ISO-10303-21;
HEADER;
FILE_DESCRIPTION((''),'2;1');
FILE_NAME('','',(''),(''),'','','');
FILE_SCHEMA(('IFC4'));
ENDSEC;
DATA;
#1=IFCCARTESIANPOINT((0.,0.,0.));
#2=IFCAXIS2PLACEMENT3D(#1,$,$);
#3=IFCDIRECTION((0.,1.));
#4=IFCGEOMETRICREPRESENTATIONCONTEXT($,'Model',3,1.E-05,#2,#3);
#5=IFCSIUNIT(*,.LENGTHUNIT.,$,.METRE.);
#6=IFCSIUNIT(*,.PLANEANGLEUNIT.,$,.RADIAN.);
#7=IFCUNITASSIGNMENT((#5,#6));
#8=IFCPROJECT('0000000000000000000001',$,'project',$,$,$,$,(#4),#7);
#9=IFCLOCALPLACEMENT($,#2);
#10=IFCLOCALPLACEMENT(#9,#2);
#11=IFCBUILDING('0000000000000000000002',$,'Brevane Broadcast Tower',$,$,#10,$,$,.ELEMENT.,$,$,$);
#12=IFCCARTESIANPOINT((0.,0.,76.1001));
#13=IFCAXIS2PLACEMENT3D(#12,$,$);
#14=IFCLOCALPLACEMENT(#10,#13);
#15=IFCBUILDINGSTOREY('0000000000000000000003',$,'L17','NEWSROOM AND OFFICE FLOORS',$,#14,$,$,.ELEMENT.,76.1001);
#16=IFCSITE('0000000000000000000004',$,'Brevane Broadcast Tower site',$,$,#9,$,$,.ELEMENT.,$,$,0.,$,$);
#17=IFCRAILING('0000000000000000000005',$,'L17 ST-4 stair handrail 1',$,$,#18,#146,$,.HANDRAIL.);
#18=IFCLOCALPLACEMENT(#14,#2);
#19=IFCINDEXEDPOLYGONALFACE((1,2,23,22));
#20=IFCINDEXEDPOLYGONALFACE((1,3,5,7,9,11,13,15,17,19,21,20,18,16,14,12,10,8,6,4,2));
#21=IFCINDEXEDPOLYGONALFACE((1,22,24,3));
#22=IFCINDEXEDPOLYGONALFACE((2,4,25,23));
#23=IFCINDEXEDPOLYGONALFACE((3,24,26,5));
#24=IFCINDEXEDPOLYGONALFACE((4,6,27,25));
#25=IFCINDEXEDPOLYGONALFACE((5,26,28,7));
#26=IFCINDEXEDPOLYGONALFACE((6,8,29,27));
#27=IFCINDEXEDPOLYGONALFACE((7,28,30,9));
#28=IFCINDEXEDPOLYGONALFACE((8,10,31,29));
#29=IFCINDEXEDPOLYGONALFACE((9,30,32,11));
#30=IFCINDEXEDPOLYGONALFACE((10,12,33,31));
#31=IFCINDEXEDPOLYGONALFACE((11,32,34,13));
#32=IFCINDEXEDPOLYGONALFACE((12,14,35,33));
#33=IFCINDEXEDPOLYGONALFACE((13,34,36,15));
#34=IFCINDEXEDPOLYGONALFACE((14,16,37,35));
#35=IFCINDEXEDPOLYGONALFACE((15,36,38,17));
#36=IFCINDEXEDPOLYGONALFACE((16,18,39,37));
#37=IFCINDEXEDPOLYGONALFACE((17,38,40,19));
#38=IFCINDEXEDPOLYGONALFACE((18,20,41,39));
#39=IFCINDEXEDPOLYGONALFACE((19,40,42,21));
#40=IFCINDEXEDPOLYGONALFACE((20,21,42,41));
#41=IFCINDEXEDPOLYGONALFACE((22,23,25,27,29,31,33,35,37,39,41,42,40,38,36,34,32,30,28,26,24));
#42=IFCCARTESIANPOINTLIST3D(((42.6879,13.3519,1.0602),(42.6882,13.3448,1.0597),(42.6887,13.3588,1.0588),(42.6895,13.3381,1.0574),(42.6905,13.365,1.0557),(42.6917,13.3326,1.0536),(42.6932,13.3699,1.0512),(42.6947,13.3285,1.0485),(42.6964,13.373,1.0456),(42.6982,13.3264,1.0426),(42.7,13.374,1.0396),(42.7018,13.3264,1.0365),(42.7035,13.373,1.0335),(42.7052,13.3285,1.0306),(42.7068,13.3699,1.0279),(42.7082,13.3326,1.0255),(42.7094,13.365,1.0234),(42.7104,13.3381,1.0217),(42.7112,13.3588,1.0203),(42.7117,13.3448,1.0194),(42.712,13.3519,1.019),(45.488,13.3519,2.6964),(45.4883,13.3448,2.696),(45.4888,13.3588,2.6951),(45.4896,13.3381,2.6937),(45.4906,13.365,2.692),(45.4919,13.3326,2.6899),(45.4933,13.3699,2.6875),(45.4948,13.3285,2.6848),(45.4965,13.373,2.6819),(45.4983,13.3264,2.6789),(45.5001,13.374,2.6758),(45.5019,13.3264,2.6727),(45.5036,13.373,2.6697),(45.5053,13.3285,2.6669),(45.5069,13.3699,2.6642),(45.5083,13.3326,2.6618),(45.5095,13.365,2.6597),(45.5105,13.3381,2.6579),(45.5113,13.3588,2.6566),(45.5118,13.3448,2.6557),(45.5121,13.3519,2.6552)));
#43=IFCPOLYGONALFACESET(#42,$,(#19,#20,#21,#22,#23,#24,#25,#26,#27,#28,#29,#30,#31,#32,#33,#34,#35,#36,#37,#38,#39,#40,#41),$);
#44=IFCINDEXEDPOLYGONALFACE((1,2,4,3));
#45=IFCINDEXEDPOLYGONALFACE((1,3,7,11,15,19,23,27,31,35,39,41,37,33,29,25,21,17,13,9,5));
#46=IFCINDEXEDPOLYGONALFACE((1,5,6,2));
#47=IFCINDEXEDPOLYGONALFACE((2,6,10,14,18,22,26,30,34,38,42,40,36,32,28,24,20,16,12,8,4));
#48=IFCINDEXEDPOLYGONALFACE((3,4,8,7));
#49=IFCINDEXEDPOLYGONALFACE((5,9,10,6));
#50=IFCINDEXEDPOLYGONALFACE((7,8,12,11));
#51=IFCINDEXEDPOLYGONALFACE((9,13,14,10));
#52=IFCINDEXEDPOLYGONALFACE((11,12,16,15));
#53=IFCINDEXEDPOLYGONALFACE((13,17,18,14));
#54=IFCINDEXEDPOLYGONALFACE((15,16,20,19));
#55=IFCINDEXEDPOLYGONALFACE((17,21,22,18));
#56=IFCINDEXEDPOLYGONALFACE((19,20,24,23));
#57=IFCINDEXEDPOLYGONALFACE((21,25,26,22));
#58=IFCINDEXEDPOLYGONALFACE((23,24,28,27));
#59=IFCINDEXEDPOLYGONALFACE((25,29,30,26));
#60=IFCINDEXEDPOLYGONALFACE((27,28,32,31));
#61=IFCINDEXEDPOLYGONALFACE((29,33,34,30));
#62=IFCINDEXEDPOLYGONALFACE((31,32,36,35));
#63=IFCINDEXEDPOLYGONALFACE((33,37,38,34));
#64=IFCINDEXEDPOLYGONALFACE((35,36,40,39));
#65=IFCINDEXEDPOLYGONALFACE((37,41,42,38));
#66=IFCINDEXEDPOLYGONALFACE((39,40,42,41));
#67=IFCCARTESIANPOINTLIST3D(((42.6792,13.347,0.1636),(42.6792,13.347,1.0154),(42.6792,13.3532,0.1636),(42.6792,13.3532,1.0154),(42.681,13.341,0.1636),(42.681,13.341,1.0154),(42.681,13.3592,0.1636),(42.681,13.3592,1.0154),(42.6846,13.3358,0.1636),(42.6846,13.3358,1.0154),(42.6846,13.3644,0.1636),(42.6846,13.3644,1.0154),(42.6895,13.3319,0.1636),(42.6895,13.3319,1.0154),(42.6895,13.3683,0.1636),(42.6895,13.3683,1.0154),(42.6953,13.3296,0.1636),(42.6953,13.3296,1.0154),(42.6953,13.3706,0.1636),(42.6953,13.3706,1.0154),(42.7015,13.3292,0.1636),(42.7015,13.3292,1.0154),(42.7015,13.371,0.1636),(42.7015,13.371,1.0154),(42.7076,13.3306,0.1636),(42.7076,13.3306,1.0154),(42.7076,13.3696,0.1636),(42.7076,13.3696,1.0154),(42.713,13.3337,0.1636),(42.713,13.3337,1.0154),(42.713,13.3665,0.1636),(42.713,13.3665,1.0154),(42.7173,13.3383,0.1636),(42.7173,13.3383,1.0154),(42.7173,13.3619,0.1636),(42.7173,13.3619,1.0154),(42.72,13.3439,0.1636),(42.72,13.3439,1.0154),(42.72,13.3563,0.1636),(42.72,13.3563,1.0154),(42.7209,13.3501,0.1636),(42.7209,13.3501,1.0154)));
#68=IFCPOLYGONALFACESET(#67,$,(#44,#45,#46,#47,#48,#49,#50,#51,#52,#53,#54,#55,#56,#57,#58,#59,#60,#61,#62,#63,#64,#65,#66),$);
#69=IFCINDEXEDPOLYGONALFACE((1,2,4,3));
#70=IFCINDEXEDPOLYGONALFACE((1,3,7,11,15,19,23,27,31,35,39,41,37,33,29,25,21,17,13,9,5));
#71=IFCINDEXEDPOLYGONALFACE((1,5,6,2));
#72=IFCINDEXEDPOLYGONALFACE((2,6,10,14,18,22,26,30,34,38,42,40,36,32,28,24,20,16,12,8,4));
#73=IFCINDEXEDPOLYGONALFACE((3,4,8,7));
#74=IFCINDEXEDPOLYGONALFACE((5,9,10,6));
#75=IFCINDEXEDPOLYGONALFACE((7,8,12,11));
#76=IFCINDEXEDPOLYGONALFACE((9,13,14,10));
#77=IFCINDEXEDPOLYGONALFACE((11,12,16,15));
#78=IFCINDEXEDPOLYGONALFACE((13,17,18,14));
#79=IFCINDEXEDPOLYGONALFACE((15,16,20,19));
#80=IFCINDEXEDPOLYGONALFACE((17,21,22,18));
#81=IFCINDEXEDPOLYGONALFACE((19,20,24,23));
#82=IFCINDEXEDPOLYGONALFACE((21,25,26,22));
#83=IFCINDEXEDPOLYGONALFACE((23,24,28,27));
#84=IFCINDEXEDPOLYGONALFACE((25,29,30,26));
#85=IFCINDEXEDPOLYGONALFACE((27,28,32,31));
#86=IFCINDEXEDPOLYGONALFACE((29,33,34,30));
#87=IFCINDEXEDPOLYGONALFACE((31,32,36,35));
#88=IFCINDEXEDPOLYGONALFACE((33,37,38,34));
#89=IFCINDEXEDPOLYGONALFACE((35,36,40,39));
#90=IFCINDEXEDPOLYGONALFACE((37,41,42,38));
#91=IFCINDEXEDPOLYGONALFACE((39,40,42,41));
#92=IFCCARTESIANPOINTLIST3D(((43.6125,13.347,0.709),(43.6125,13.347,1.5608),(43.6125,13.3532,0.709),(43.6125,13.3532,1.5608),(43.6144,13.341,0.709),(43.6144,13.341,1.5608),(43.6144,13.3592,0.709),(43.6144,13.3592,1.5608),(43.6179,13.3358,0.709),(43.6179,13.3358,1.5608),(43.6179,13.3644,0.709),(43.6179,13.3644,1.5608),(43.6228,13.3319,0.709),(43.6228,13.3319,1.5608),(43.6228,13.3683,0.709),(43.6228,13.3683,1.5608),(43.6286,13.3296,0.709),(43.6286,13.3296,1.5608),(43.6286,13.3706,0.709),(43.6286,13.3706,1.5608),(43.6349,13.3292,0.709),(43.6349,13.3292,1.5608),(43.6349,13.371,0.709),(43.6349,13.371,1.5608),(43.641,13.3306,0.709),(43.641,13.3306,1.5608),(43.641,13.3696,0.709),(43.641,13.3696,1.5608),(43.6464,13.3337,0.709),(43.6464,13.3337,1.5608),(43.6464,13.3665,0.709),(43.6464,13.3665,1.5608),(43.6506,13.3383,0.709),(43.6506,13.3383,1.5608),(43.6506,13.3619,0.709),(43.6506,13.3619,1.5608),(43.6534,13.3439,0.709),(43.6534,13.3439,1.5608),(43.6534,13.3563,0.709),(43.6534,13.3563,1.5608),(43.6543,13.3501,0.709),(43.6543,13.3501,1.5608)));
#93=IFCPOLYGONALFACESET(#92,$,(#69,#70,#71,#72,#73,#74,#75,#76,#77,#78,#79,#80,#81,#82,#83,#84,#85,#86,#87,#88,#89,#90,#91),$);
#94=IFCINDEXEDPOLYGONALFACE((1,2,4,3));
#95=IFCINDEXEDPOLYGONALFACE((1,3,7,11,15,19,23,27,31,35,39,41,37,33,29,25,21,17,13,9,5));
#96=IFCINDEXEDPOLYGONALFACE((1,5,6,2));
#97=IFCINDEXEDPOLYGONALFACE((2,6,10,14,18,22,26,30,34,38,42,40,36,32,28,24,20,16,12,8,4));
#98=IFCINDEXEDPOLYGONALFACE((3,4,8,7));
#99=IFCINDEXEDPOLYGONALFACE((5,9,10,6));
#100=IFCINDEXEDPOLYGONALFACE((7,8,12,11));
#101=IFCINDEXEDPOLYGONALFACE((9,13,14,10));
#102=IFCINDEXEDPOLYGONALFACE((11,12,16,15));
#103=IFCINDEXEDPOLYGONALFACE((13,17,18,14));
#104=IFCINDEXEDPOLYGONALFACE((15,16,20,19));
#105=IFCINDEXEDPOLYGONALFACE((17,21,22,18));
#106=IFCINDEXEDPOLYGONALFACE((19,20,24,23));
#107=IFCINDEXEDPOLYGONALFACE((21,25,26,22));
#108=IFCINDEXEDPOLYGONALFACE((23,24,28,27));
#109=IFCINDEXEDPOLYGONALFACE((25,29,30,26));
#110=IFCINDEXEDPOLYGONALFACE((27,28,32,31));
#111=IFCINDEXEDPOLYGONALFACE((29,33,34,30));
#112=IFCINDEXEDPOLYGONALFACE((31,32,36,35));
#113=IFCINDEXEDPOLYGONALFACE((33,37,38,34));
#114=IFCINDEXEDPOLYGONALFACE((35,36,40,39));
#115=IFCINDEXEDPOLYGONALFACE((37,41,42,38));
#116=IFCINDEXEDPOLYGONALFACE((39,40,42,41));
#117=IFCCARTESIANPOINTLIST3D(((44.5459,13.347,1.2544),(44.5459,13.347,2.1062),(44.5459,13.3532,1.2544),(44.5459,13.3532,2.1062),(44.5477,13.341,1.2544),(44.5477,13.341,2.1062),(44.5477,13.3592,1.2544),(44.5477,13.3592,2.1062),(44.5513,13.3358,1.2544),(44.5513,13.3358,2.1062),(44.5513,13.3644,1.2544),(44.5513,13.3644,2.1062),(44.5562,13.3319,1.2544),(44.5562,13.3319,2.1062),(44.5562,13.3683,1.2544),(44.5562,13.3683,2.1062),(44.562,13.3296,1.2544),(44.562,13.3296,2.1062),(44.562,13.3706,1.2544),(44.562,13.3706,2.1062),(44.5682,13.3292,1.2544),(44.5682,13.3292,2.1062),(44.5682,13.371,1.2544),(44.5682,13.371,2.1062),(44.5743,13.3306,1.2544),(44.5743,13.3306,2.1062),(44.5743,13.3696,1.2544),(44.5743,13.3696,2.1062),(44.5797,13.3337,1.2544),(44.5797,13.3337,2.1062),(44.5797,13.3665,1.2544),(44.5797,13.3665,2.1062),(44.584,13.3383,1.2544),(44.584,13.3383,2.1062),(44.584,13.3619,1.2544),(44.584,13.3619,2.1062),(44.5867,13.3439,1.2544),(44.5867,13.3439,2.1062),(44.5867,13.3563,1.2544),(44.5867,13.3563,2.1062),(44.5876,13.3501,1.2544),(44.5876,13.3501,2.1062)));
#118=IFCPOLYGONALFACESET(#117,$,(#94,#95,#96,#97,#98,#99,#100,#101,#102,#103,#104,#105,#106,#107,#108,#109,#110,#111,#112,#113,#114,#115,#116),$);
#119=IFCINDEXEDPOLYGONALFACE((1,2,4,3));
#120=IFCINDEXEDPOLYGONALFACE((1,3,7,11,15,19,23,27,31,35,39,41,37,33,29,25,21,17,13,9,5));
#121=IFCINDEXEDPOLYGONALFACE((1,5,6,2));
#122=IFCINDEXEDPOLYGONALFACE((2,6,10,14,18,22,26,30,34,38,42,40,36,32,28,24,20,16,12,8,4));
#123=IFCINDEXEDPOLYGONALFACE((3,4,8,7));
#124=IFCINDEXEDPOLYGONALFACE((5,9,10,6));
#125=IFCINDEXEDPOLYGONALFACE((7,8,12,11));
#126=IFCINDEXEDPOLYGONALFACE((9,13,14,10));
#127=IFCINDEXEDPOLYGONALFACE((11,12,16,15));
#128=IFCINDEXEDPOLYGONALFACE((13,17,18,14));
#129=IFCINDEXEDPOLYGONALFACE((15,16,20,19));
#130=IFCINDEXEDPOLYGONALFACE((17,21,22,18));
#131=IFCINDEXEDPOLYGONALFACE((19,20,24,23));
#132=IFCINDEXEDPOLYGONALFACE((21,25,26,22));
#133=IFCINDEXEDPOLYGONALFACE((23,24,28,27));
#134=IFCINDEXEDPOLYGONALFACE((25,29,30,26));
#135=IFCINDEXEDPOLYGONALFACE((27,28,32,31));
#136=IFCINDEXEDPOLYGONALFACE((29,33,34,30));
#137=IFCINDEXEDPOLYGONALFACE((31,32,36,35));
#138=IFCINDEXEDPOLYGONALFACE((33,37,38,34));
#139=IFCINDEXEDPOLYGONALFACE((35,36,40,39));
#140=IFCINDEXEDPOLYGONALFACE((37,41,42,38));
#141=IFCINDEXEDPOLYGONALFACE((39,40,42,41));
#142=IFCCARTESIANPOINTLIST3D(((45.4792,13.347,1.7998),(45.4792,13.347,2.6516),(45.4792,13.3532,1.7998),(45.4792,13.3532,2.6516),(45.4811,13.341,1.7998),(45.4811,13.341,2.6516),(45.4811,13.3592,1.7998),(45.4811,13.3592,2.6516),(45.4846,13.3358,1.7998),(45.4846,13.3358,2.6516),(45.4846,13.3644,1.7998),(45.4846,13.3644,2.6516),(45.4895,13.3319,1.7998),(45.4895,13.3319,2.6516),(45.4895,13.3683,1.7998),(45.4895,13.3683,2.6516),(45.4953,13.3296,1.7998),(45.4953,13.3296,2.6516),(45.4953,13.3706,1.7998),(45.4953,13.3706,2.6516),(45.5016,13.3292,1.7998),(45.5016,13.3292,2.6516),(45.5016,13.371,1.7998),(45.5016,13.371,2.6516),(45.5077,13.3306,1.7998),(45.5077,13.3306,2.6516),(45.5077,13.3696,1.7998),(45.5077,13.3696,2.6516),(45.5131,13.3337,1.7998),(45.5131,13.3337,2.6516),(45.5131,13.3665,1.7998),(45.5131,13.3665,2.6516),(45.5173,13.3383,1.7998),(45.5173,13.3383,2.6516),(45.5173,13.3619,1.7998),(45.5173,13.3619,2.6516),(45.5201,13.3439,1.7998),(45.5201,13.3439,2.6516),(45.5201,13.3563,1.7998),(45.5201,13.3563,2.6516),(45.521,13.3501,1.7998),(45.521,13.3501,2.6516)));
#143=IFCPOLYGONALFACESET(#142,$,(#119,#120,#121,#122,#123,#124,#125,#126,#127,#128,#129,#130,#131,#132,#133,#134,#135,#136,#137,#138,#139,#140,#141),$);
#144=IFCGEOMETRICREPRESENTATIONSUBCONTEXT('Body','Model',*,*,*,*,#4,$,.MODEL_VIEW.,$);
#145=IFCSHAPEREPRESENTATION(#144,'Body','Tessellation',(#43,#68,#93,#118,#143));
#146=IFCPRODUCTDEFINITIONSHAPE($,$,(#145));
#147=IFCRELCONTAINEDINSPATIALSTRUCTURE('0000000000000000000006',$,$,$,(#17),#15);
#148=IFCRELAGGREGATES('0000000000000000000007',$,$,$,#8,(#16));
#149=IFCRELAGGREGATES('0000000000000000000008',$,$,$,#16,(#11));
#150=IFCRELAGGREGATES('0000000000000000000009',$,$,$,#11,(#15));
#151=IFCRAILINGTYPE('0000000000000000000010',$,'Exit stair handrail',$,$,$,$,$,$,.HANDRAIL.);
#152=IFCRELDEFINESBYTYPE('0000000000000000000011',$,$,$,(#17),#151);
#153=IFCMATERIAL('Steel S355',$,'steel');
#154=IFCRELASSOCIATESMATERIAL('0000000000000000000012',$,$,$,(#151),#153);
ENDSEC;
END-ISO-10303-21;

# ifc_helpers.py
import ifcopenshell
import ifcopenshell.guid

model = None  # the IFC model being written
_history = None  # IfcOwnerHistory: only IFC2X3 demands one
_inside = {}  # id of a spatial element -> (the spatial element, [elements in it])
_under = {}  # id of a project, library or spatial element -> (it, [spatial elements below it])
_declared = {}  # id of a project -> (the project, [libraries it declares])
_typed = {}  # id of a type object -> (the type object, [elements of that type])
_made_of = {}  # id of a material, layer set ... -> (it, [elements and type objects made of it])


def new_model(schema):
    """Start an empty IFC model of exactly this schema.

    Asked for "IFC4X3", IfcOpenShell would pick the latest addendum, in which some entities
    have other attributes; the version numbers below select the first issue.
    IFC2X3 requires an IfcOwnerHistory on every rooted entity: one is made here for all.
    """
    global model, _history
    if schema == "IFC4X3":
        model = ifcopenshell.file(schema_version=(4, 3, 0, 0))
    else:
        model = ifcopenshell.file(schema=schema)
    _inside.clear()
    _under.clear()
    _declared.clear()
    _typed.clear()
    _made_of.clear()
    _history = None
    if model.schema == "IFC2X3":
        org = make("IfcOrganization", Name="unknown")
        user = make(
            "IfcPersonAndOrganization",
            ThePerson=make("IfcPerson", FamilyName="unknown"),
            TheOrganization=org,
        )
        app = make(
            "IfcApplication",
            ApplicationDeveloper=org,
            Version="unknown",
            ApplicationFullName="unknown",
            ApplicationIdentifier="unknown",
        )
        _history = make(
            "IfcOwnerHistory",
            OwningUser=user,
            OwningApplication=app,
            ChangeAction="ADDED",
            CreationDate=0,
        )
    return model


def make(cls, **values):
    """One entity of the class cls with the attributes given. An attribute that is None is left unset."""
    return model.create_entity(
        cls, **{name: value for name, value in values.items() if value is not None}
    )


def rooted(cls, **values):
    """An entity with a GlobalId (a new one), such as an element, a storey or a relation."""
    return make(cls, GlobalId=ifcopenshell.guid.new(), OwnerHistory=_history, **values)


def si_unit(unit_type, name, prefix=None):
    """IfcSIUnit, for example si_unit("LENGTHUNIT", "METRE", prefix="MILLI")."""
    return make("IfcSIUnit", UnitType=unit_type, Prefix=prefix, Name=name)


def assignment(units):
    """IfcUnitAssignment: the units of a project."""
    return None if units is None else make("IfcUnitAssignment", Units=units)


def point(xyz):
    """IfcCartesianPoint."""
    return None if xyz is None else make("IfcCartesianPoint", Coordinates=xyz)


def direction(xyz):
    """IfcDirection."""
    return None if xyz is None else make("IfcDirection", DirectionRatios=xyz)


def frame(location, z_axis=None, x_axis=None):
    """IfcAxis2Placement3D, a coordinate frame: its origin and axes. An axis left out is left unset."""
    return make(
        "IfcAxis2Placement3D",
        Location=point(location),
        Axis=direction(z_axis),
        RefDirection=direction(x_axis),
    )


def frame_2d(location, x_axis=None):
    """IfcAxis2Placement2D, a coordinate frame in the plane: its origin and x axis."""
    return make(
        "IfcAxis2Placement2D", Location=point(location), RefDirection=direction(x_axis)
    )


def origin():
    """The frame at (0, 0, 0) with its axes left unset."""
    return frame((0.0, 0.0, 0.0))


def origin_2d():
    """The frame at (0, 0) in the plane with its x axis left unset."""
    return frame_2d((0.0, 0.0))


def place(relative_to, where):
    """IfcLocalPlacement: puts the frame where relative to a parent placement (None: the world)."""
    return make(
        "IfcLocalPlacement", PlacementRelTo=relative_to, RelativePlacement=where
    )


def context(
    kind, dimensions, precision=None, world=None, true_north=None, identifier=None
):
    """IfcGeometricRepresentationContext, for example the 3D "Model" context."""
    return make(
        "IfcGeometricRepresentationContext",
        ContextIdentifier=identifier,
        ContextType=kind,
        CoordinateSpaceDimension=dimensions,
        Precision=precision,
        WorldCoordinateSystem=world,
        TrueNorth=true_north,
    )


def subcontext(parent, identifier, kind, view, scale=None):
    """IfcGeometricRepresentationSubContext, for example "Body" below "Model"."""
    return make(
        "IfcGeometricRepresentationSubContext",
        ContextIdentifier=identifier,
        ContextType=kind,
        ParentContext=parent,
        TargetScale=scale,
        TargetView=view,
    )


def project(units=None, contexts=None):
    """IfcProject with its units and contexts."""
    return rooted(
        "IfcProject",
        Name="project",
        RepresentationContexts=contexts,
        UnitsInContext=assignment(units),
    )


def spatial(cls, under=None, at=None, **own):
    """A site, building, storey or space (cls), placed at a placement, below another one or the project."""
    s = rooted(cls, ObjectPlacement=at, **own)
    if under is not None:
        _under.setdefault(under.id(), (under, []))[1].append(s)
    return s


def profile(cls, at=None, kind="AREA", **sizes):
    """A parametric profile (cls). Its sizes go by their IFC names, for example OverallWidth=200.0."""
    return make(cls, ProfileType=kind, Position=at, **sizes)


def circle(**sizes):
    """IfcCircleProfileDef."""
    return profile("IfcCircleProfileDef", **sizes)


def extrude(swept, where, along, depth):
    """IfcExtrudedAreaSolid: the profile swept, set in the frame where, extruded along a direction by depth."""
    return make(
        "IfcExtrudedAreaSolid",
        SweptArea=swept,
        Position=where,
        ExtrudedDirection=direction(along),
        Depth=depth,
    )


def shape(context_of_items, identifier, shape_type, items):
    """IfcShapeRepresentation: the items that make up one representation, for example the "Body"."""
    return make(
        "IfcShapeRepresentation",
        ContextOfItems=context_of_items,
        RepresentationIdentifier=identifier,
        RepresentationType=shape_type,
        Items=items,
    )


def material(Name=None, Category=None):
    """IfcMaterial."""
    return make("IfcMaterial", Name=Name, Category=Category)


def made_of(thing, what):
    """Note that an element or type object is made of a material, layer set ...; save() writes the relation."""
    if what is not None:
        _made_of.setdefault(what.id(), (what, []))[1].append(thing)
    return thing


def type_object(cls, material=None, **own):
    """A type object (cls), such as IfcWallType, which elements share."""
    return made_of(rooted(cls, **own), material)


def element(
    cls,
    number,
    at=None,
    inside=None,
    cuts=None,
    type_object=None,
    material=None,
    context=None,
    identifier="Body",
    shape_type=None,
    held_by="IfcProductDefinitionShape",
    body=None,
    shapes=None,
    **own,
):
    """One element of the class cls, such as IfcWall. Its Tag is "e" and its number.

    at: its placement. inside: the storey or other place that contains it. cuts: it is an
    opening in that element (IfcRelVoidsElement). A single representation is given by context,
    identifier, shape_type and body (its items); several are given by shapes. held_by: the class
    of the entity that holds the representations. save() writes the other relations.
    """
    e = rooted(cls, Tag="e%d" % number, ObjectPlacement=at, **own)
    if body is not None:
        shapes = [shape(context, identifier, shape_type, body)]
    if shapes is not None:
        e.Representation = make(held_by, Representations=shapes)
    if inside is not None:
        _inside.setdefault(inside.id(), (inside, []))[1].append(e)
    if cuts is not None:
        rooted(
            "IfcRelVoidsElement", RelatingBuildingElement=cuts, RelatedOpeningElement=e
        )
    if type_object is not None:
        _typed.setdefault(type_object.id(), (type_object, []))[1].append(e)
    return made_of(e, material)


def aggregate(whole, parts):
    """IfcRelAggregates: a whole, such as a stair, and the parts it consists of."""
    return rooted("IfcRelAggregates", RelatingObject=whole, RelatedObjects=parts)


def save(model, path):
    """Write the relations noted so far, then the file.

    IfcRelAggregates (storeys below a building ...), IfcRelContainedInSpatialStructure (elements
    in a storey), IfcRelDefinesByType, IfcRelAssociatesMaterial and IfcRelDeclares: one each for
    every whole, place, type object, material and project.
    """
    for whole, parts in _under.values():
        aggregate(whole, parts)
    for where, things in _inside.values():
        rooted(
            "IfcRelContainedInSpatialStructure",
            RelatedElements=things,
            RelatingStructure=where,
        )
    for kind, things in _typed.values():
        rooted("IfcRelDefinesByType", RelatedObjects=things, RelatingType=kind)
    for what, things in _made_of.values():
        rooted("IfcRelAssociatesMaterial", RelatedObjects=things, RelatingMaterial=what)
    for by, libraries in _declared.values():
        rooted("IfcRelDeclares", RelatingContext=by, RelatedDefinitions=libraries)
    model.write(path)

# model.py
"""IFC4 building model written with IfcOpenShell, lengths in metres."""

from ifc_helpers import new_model, si_unit, direction, frame, origin, origin_2d, place, context, subcontext, project, spatial, circle, extrude, material, type_object, element, save


model = new_model("IFC4")

# Units and contexts
model_context = context("Model", 3, precision=1e-05, world=origin(), true_north=direction((0.0, 1.0)))
body_context = subcontext(model_context, "Body", "Model", "MODEL_VIEW")
ifc_project = project(units=[si_unit("LENGTHUNIT", "METRE"), si_unit("PLANEANGLEUNIT", "RADIAN")], contexts=[model_context])

# Site, building, storey
site_placement = place(None, origin())
site = spatial("IfcSite", under=ifc_project, at=site_placement, Name="Brevane Broadcast Tower site", CompositionType="ELEMENT", RefElevation=0.0)
building_placement = place(site_placement, origin())
building = spatial("IfcBuilding", under=site, at=building_placement, Name="Brevane Broadcast Tower", CompositionType="ELEMENT")
storey_placement = place(building_placement, frame((0.0, 0.0, 76.1001)))
storey = spatial("IfcBuildingStorey", under=building, at=storey_placement, Name="L17", Description="NEWSROOM AND OFFICE FLOORS", CompositionType="ELEMENT", Elevation=76.1001)

# Railing
ifc_material_1 = material(Name="Steel S355", Category="steel")
railing_type_1 = type_object("IfcRailingType", Name="Exit stair handrail", PredefinedType="HANDRAIL", material=ifc_material_1)
railing_1_placement = place(storey_placement, frame((42.7, 13.3501, 0.1636)))
element("IfcRailing", 1, at=railing_1_placement, inside=storey, type_object=railing_type_1, Name="L17 ST-4 stair handrail 1", PredefinedType="HANDRAIL", context=body_context, shape_type="SweptSolid", body=[
    extrude(circle(Radius=0.0239, at=origin_2d()), frame((0.0, 0.0, 0.876), z_axis=(0.863394, 0.0, 0.504531), x_axis=(0.0, 1.0, 0.0)), (0.0, 0.0, 1.0), 3.2432),
    extrude(circle(Radius=0.021, at=origin_2d()), origin(), (0.0, 0.0, 1.0), 0.8518),
    extrude(circle(Radius=0.021, at=origin_2d()), frame((0.9333, 0.0, 0.5454)), (0.0, 0.0, 1.0), 0.8518),
    extrude(circle(Radius=0.021, at=origin_2d()), frame((1.8667, 0.0, 1.0908)), (0.0, 0.0, 1.0), 0.8518),
    extrude(circle(Radius=0.021, at=origin_2d()), frame((2.8, 0.0, 1.6362)), (0.0, 0.0, 1.0), 0.8518),
])

save(model, "model.ifc")
